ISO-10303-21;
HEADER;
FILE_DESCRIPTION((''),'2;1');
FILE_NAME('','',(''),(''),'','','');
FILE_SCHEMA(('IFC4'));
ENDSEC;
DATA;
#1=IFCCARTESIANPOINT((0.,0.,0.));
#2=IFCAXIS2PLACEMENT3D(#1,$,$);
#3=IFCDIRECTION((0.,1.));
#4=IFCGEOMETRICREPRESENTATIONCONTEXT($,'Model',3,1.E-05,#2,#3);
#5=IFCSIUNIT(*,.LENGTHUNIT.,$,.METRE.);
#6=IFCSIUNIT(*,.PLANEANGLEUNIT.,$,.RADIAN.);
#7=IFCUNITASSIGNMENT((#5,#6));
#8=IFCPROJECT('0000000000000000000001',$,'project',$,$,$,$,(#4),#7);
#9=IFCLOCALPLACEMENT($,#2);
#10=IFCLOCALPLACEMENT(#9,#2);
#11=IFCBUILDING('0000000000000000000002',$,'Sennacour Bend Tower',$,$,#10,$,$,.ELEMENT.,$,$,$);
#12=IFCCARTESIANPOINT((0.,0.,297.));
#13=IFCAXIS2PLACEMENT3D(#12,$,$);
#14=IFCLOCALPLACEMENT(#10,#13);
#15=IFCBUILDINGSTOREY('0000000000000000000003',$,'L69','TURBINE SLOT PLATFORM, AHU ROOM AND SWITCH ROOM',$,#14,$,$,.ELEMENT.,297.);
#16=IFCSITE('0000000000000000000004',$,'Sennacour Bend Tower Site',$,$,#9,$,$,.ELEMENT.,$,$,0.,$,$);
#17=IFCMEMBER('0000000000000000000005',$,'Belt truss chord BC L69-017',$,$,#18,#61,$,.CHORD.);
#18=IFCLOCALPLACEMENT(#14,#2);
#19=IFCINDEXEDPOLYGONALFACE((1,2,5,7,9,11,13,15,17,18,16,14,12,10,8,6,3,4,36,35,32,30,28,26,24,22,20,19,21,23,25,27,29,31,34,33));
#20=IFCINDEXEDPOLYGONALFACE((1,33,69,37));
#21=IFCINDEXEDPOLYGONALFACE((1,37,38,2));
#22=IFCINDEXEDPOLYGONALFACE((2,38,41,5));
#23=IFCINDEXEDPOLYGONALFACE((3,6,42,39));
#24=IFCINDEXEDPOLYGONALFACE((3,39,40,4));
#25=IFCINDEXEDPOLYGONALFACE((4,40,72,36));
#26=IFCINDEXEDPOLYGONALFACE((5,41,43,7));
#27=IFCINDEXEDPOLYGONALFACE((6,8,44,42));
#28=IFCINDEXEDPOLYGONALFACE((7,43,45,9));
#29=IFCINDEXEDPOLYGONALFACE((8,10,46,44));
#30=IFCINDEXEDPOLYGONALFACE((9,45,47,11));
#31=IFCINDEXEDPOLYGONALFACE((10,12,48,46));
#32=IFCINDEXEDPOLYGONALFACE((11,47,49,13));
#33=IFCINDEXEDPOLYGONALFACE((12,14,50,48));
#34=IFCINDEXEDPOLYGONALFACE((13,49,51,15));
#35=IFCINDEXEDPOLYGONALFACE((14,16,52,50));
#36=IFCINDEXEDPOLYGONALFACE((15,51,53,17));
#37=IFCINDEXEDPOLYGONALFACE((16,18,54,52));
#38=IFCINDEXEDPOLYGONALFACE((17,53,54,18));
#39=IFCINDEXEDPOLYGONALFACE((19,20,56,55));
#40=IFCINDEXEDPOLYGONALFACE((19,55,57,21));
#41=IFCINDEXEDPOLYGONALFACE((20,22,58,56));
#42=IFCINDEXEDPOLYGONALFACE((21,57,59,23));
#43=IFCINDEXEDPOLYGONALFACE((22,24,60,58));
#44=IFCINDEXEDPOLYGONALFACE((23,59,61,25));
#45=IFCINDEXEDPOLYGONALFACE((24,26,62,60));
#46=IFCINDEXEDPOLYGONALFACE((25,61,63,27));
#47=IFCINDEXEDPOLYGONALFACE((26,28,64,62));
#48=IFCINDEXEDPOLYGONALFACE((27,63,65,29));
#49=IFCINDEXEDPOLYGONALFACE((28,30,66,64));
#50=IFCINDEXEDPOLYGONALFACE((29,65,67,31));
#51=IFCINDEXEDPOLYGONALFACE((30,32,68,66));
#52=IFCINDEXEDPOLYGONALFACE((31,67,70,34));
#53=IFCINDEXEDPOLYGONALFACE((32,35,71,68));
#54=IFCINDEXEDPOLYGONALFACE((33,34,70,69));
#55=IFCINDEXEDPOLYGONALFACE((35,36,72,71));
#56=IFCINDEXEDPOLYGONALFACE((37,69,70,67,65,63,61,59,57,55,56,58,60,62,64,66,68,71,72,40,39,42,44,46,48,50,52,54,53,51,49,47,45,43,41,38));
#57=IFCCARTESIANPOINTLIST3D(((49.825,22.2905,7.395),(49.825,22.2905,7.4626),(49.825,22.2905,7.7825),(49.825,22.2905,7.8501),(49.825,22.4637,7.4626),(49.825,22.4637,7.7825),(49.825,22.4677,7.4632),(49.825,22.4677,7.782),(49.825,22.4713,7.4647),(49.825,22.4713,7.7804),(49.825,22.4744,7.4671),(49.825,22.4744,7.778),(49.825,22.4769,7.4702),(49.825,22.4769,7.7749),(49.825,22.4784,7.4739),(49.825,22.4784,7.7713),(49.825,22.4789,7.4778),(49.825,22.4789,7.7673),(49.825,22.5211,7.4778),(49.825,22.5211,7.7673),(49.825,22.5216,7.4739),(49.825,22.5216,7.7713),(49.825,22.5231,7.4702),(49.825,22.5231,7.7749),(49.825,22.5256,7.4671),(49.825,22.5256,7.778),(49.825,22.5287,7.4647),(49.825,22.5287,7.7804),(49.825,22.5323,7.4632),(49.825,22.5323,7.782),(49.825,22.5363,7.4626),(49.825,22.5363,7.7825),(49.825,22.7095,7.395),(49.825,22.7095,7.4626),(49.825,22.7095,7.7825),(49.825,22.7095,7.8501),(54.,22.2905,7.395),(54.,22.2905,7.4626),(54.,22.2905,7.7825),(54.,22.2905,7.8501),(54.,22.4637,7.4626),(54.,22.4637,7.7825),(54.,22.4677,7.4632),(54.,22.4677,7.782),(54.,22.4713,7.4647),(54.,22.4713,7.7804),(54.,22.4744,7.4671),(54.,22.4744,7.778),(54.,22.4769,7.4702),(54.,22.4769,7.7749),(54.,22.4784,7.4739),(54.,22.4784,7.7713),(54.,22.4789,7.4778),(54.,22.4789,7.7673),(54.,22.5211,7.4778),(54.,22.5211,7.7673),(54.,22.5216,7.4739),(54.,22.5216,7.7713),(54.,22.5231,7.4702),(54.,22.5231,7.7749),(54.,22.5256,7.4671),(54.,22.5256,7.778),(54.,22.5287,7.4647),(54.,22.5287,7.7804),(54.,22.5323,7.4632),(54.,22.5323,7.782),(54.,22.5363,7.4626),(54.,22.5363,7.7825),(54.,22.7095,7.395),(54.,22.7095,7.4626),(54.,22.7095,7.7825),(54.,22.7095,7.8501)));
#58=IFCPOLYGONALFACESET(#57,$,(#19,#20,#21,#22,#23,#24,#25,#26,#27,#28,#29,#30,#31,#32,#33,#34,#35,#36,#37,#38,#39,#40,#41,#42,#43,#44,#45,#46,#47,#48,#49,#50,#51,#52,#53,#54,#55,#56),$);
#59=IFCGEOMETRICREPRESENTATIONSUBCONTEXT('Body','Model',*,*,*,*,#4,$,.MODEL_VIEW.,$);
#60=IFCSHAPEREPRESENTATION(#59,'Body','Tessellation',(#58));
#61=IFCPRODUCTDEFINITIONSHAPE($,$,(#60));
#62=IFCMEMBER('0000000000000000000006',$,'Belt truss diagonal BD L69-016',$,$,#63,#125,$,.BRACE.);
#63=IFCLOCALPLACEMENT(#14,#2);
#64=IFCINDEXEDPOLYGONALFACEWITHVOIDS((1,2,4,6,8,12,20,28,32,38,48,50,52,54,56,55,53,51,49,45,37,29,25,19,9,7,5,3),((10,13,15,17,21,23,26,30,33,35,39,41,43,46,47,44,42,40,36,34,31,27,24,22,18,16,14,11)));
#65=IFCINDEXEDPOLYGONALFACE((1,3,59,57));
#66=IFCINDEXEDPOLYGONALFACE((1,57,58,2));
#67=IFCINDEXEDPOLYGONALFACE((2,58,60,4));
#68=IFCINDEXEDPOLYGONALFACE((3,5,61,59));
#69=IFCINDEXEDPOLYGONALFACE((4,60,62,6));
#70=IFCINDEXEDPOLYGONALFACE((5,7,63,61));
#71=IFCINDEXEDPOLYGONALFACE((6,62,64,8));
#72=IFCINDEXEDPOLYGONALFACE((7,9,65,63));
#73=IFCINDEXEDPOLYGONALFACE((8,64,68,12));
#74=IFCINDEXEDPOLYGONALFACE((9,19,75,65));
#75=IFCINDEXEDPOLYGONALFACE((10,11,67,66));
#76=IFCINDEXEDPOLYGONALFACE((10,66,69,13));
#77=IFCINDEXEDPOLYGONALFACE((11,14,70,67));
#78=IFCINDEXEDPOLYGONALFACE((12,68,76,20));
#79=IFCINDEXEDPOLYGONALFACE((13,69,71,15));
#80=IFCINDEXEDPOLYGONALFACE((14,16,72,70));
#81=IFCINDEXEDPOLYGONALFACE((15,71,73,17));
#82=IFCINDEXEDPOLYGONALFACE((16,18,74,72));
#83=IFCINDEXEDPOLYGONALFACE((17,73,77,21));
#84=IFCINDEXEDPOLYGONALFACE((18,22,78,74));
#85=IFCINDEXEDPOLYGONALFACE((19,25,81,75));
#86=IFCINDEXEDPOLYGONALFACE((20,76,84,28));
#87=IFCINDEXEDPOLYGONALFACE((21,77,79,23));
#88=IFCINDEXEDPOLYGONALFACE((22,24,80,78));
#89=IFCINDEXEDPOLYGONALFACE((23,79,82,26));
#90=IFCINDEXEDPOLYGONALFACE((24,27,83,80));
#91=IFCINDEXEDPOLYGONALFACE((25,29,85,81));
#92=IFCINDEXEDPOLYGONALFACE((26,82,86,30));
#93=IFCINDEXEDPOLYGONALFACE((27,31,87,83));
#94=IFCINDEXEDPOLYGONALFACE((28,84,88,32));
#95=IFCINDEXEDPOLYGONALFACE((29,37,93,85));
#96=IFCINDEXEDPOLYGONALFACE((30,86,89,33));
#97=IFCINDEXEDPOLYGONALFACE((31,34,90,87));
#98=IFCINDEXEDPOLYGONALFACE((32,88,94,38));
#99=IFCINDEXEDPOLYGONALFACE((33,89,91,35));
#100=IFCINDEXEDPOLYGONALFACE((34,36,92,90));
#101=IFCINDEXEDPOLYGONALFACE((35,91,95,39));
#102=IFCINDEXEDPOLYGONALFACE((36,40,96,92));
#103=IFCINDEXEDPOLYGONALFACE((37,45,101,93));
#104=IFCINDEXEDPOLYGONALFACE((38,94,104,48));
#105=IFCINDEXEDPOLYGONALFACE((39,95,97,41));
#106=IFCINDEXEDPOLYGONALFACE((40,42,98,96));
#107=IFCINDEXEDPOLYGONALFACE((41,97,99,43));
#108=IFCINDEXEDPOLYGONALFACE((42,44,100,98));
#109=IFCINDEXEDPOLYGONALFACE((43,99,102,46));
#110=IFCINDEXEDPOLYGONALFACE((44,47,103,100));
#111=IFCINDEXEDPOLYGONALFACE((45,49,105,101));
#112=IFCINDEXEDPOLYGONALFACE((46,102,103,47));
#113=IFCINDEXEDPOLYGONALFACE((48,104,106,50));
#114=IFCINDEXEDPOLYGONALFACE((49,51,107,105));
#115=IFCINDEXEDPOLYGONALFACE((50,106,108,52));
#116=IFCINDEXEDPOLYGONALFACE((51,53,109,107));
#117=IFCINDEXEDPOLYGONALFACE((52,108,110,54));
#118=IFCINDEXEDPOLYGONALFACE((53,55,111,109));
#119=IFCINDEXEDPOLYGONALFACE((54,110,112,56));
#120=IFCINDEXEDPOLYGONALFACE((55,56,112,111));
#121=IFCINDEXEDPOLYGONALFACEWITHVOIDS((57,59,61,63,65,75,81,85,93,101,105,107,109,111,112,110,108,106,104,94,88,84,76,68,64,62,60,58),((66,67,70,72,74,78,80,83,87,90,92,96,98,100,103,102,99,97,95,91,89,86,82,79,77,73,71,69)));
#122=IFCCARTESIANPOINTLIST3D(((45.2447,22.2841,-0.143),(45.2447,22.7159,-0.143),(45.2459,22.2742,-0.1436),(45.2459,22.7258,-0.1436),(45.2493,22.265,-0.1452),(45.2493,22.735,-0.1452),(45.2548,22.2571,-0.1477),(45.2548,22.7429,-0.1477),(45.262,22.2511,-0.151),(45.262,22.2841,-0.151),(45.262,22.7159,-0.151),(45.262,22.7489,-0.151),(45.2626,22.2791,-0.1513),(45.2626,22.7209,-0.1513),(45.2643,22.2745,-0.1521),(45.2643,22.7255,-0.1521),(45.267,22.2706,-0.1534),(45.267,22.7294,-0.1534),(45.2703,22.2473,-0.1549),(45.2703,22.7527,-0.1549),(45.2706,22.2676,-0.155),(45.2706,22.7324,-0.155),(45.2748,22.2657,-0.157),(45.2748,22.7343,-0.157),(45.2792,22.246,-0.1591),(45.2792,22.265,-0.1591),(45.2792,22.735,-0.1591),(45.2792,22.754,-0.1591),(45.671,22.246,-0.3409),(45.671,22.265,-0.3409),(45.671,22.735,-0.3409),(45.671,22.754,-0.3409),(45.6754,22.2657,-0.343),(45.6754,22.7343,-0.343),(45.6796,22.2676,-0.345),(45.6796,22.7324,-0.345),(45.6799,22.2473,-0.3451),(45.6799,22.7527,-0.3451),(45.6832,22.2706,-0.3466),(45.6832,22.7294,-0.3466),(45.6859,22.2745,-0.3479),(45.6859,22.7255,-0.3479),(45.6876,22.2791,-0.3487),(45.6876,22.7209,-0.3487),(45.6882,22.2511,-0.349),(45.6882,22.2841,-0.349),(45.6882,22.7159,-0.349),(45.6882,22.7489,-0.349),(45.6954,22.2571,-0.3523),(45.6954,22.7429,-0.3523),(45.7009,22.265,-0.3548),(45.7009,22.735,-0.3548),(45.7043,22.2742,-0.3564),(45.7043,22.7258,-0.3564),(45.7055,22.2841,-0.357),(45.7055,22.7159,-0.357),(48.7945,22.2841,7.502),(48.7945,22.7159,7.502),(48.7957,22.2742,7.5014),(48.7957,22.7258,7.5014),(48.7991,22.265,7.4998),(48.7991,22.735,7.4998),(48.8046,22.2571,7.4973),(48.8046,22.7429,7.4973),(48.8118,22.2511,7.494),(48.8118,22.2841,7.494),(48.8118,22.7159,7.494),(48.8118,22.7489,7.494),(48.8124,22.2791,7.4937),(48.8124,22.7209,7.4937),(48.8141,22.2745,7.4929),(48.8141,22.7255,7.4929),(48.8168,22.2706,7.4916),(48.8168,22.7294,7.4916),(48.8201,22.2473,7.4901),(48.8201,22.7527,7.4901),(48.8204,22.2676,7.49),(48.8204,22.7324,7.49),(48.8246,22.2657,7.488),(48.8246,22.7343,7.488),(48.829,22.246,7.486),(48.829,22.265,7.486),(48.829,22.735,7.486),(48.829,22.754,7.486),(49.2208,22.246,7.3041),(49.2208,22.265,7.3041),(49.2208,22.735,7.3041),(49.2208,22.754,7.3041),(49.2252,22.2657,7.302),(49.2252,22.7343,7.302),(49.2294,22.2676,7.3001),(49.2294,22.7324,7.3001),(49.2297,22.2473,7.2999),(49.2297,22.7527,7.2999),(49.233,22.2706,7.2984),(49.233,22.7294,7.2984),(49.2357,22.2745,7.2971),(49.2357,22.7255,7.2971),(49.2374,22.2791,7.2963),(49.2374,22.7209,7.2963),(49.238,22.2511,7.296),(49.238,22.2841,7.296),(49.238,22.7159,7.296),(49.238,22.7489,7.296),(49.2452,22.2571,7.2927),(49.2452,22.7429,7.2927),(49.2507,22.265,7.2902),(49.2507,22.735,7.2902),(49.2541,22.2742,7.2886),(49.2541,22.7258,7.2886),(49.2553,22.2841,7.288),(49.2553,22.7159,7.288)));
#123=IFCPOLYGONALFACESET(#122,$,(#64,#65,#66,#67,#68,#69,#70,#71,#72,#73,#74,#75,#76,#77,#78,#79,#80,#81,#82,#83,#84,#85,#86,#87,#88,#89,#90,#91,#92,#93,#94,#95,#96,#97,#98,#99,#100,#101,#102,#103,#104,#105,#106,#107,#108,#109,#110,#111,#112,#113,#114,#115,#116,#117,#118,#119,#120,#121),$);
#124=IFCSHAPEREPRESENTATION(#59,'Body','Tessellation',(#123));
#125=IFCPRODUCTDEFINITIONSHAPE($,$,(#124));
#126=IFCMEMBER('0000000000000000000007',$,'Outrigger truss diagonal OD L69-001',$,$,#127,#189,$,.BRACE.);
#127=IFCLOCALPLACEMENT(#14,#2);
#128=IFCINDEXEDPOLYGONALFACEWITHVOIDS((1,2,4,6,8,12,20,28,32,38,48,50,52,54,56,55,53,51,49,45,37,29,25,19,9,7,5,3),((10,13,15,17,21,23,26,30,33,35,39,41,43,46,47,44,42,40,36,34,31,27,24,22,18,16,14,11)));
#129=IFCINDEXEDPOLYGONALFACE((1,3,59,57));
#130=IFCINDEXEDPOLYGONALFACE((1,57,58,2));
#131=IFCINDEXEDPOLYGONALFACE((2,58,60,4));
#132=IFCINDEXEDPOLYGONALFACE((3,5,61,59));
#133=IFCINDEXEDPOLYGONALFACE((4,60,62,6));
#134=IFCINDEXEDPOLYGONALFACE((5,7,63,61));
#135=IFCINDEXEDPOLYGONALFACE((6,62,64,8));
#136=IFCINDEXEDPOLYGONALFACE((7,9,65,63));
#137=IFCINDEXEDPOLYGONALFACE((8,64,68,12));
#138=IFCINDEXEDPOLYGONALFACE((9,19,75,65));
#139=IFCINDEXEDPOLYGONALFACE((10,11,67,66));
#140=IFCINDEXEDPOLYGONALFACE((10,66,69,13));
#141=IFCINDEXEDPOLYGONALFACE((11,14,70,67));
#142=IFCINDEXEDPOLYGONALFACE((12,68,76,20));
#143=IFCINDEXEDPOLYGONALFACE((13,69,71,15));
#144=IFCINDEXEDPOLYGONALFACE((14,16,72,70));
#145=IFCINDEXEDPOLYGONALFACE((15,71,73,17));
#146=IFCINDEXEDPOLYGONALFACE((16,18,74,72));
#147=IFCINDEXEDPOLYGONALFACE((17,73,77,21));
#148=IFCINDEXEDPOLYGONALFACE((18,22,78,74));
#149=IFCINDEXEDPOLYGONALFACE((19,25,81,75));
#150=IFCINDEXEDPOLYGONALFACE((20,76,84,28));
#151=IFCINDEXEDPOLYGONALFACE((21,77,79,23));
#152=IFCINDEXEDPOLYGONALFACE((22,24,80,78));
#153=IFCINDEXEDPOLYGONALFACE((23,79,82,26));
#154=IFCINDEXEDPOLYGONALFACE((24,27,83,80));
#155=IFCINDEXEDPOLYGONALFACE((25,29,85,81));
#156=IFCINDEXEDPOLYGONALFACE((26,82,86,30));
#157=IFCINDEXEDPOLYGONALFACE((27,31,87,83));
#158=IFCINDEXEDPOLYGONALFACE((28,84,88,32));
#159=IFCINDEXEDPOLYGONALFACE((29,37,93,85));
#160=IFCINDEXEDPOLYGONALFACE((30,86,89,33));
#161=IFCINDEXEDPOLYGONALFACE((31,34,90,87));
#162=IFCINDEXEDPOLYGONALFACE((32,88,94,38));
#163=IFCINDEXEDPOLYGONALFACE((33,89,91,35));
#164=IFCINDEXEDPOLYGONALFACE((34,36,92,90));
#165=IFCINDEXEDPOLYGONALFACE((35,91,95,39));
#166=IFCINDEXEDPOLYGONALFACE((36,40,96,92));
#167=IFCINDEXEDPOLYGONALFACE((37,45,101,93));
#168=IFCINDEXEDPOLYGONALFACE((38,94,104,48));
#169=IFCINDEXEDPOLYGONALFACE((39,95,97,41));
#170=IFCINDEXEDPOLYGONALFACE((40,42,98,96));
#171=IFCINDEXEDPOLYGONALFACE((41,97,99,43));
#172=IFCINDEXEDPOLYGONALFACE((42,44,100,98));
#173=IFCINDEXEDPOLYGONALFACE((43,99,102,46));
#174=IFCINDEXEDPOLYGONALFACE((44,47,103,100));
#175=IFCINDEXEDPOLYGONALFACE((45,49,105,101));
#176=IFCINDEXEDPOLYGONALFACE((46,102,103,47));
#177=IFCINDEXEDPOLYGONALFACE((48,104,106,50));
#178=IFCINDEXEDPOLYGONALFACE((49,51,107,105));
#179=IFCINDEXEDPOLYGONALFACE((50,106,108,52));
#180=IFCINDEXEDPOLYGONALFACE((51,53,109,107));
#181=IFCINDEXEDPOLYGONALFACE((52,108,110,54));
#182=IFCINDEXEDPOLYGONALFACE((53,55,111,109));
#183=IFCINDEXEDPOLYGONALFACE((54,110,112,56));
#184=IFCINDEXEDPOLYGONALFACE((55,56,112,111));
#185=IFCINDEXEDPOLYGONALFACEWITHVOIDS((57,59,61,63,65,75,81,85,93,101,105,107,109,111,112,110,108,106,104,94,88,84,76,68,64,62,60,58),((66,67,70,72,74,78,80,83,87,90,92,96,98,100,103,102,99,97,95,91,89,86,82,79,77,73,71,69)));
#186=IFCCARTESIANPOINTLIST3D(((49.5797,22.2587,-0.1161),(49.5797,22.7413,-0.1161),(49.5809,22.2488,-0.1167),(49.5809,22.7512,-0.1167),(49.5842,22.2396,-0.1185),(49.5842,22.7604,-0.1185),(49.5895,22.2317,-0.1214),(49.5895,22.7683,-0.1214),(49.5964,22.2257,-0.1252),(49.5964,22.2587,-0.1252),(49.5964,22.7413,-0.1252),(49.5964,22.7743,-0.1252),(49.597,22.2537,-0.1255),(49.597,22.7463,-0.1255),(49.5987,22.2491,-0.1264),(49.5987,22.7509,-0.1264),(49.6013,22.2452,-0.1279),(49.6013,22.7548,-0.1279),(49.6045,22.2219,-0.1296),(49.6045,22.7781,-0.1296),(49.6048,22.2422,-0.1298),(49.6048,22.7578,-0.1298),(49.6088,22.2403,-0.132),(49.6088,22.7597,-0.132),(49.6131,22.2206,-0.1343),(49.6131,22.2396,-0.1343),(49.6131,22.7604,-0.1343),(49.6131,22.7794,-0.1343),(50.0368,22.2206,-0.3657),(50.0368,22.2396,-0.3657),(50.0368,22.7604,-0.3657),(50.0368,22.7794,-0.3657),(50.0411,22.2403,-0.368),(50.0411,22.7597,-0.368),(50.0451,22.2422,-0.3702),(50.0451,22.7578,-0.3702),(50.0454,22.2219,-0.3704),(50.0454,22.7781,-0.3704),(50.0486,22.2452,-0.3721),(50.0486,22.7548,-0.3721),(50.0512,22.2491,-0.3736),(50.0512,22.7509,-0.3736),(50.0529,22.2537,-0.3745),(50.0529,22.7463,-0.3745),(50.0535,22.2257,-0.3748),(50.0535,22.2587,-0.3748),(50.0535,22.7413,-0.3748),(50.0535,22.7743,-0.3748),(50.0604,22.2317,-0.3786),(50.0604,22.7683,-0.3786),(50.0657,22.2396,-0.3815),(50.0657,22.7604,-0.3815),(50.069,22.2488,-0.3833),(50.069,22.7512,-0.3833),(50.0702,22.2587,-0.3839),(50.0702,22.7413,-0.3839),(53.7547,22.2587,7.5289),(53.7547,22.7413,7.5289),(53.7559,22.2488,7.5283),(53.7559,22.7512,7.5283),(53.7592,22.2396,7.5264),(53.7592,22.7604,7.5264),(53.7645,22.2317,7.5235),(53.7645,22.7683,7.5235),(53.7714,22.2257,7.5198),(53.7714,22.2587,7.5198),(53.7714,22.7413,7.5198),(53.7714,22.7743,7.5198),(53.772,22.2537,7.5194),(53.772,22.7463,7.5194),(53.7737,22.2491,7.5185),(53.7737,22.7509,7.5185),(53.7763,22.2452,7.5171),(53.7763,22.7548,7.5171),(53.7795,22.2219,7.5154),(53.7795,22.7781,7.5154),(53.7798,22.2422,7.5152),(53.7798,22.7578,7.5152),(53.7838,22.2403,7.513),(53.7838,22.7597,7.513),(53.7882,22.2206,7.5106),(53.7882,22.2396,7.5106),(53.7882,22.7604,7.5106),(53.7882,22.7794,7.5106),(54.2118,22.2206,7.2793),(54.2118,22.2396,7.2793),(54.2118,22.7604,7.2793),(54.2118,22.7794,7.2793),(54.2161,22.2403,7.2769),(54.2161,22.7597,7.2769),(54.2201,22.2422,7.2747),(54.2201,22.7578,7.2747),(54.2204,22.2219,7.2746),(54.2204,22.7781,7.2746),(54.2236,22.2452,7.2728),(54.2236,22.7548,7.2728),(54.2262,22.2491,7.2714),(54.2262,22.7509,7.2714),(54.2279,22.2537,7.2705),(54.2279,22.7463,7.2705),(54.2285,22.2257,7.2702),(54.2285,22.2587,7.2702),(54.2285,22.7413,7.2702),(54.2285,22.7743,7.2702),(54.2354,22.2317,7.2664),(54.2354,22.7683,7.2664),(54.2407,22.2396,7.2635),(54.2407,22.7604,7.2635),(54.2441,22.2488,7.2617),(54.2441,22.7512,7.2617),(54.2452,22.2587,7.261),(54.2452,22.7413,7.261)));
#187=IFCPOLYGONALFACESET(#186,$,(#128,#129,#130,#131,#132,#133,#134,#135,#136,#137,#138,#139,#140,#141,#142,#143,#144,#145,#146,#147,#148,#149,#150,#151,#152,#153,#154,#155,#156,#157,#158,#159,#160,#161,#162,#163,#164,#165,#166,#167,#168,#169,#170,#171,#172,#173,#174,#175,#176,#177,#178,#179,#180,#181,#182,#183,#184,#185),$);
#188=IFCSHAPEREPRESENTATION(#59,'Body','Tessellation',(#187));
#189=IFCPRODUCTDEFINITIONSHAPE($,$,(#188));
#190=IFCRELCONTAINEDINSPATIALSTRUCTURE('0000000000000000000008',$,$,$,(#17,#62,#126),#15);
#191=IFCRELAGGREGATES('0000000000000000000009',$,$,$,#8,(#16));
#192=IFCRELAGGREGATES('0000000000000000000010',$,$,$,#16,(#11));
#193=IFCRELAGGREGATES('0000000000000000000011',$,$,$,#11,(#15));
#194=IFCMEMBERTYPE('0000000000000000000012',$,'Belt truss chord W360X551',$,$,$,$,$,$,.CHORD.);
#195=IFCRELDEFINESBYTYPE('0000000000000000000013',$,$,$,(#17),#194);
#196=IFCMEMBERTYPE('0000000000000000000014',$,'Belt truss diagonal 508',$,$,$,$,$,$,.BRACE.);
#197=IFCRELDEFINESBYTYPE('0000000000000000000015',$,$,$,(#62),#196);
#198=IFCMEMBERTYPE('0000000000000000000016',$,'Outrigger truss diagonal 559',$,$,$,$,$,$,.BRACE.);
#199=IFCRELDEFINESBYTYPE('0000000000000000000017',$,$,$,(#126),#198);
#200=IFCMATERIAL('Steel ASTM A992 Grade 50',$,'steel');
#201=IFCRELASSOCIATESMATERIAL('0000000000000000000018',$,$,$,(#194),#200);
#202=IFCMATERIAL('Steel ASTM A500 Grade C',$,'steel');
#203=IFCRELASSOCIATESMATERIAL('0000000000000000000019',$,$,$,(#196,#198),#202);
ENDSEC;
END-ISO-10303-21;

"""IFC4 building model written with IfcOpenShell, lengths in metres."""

from ifc_helpers import new_model, si_unit, direction, frame, origin, origin_2d, place, context, subcontext, project, spatial, hollow_rectangle, i_section, extrude, material, material_profile, profile_set, type_object, element, save


model = new_model("IFC4")

# Units and contexts
model_context = context("Model", 3, precision=1e-05, world=origin(), true_north=direction((0.0, 1.0)))
body_context = subcontext(model_context, "Body", "Model", "MODEL_VIEW")
ifc_project = project(units=[si_unit("LENGTHUNIT", "METRE"), si_unit("PLANEANGLEUNIT", "RADIAN")], contexts=[model_context])

# Site, building, storey
site_placement = place(None, origin())
site = spatial("IfcSite", under=ifc_project, at=site_placement, Name="Sennacour Bend Tower Site", CompositionType="ELEMENT", RefElevation=0.0)
building_placement = place(site_placement, origin())
building = spatial("IfcBuilding", under=site, at=building_placement, Name="Sennacour Bend Tower", CompositionType="ELEMENT")
storey_placement = place(building_placement, frame((0.0, 0.0, 297.0)))
storey = spatial("IfcBuildingStorey", under=building, at=storey_placement, Name="L69", Description="TURBINE SLOT PLATFORM, AHU ROOM AND SWITCH ROOM", CompositionType="ELEMENT", Elevation=297.0)

# Members
ifc_material_1 = material(Name="Steel ASTM A992 Grade 50", Category="steel")
ifc_material_profile_1 = material_profile(ifc_material_1, i_section(OverallWidth=0.4189, OverallDepth=0.4551, WebThickness=0.0422, FlangeThickness=0.0676, FilletRadius=0.0151, at=origin_2d()), Name="Steel ASTM A992 Grade 50", Category="steel")
ifc_profile_set_1 = profile_set([ifc_material_profile_1], Name="Steel ASTM A992 Grade 50")
member_type_1 = type_object("IfcMemberType", Name="Belt truss chord W360X551", PredefinedType="CHORD", material=ifc_profile_set_1)
member_1_placement = place(storey_placement, frame((49.825, 22.5, 7.6226), z_axis=(1.0, 0.0, 0.0), x_axis=(0.0, 1.0, 0.0)))
element("IfcMember", 1, at=member_1_placement, inside=storey, type_object=member_type_1, Name="Belt truss chord BC L69-017", PredefinedType="CHORD", context=body_context, shape_type="SweptSolid", body=[
    extrude(i_section(OverallWidth=0.4189, OverallDepth=0.4551, WebThickness=0.0422, FlangeThickness=0.0676, FilletRadius=0.0151, at=origin_2d()), origin(), (0.0, 0.0, 1.0), 4.175),
])
ifc_material_2 = material(Name="Steel ASTM A500 Grade C", Category="steel")
ifc_material_profile_2 = material_profile(ifc_material_2, hollow_rectangle(XDim=0.5081, YDim=0.5081, WallThickness=0.019, InnerFilletRadius=0.019, OuterFilletRadius=0.0381, at=origin_2d()), Name="Steel ASTM A500 Grade C", Category="steel")
ifc_profile_set_2 = profile_set([ifc_material_profile_2], Name="Steel ASTM A500 Grade C")
member_type_2 = type_object("IfcMemberType", Name="Belt truss diagonal 508", PredefinedType="BRACE", material=ifc_profile_set_2)
member_2_placement = place(storey_placement, frame((45.4751, 22.5, -0.25), z_axis=(0.421144, 0.0, 0.906994), x_axis=(0.0, 1.0, 0.0)))
element("IfcMember", 2, at=member_2_placement, inside=storey, type_object=member_type_2, Name="Belt truss diagonal BD L69-016", PredefinedType="BRACE", context=body_context, shape_type="SweptSolid", body=[
    extrude(hollow_rectangle(XDim=0.5081, YDim=0.5081, WallThickness=0.019, InnerFilletRadius=0.019, OuterFilletRadius=0.0381, at=origin_2d()), origin(), (0.0, 0.0, 1.0), 8.429),
])
ifc_material_profile_3 = material_profile(ifc_material_2, hollow_rectangle(XDim=0.5588, YDim=0.5588, WallThickness=0.019, InnerFilletRadius=0.019, OuterFilletRadius=0.0381, at=origin_2d()), Name="Steel ASTM A500 Grade C", Category="steel")
ifc_profile_set_3 = profile_set([ifc_material_profile_3], Name="Steel ASTM A500 Grade C")
member_type_3 = type_object("IfcMemberType", Name="Outrigger truss diagonal 559", PredefinedType="BRACE", material=ifc_profile_set_3)
member_3_placement = place(storey_placement, frame((49.825, 22.5, -0.25), z_axis=(0.479298, 0.0, 0.877652), x_axis=(0.0, 1.0, 0.0)))
element("IfcMember", 3, at=member_3_placement, inside=storey, type_object=member_type_3, Name="Outrigger truss diagonal OD L69-001", PredefinedType="BRACE", context=body_context, shape_type="SweptSolid", body=[
    extrude(hollow_rectangle(XDim=0.5588, YDim=0.5588, WallThickness=0.019, InnerFilletRadius=0.019, OuterFilletRadius=0.0381, at=origin_2d()), origin(), (0.0, 0.0, 1.0), 8.7107),
])

save(model, "model.ifc")
